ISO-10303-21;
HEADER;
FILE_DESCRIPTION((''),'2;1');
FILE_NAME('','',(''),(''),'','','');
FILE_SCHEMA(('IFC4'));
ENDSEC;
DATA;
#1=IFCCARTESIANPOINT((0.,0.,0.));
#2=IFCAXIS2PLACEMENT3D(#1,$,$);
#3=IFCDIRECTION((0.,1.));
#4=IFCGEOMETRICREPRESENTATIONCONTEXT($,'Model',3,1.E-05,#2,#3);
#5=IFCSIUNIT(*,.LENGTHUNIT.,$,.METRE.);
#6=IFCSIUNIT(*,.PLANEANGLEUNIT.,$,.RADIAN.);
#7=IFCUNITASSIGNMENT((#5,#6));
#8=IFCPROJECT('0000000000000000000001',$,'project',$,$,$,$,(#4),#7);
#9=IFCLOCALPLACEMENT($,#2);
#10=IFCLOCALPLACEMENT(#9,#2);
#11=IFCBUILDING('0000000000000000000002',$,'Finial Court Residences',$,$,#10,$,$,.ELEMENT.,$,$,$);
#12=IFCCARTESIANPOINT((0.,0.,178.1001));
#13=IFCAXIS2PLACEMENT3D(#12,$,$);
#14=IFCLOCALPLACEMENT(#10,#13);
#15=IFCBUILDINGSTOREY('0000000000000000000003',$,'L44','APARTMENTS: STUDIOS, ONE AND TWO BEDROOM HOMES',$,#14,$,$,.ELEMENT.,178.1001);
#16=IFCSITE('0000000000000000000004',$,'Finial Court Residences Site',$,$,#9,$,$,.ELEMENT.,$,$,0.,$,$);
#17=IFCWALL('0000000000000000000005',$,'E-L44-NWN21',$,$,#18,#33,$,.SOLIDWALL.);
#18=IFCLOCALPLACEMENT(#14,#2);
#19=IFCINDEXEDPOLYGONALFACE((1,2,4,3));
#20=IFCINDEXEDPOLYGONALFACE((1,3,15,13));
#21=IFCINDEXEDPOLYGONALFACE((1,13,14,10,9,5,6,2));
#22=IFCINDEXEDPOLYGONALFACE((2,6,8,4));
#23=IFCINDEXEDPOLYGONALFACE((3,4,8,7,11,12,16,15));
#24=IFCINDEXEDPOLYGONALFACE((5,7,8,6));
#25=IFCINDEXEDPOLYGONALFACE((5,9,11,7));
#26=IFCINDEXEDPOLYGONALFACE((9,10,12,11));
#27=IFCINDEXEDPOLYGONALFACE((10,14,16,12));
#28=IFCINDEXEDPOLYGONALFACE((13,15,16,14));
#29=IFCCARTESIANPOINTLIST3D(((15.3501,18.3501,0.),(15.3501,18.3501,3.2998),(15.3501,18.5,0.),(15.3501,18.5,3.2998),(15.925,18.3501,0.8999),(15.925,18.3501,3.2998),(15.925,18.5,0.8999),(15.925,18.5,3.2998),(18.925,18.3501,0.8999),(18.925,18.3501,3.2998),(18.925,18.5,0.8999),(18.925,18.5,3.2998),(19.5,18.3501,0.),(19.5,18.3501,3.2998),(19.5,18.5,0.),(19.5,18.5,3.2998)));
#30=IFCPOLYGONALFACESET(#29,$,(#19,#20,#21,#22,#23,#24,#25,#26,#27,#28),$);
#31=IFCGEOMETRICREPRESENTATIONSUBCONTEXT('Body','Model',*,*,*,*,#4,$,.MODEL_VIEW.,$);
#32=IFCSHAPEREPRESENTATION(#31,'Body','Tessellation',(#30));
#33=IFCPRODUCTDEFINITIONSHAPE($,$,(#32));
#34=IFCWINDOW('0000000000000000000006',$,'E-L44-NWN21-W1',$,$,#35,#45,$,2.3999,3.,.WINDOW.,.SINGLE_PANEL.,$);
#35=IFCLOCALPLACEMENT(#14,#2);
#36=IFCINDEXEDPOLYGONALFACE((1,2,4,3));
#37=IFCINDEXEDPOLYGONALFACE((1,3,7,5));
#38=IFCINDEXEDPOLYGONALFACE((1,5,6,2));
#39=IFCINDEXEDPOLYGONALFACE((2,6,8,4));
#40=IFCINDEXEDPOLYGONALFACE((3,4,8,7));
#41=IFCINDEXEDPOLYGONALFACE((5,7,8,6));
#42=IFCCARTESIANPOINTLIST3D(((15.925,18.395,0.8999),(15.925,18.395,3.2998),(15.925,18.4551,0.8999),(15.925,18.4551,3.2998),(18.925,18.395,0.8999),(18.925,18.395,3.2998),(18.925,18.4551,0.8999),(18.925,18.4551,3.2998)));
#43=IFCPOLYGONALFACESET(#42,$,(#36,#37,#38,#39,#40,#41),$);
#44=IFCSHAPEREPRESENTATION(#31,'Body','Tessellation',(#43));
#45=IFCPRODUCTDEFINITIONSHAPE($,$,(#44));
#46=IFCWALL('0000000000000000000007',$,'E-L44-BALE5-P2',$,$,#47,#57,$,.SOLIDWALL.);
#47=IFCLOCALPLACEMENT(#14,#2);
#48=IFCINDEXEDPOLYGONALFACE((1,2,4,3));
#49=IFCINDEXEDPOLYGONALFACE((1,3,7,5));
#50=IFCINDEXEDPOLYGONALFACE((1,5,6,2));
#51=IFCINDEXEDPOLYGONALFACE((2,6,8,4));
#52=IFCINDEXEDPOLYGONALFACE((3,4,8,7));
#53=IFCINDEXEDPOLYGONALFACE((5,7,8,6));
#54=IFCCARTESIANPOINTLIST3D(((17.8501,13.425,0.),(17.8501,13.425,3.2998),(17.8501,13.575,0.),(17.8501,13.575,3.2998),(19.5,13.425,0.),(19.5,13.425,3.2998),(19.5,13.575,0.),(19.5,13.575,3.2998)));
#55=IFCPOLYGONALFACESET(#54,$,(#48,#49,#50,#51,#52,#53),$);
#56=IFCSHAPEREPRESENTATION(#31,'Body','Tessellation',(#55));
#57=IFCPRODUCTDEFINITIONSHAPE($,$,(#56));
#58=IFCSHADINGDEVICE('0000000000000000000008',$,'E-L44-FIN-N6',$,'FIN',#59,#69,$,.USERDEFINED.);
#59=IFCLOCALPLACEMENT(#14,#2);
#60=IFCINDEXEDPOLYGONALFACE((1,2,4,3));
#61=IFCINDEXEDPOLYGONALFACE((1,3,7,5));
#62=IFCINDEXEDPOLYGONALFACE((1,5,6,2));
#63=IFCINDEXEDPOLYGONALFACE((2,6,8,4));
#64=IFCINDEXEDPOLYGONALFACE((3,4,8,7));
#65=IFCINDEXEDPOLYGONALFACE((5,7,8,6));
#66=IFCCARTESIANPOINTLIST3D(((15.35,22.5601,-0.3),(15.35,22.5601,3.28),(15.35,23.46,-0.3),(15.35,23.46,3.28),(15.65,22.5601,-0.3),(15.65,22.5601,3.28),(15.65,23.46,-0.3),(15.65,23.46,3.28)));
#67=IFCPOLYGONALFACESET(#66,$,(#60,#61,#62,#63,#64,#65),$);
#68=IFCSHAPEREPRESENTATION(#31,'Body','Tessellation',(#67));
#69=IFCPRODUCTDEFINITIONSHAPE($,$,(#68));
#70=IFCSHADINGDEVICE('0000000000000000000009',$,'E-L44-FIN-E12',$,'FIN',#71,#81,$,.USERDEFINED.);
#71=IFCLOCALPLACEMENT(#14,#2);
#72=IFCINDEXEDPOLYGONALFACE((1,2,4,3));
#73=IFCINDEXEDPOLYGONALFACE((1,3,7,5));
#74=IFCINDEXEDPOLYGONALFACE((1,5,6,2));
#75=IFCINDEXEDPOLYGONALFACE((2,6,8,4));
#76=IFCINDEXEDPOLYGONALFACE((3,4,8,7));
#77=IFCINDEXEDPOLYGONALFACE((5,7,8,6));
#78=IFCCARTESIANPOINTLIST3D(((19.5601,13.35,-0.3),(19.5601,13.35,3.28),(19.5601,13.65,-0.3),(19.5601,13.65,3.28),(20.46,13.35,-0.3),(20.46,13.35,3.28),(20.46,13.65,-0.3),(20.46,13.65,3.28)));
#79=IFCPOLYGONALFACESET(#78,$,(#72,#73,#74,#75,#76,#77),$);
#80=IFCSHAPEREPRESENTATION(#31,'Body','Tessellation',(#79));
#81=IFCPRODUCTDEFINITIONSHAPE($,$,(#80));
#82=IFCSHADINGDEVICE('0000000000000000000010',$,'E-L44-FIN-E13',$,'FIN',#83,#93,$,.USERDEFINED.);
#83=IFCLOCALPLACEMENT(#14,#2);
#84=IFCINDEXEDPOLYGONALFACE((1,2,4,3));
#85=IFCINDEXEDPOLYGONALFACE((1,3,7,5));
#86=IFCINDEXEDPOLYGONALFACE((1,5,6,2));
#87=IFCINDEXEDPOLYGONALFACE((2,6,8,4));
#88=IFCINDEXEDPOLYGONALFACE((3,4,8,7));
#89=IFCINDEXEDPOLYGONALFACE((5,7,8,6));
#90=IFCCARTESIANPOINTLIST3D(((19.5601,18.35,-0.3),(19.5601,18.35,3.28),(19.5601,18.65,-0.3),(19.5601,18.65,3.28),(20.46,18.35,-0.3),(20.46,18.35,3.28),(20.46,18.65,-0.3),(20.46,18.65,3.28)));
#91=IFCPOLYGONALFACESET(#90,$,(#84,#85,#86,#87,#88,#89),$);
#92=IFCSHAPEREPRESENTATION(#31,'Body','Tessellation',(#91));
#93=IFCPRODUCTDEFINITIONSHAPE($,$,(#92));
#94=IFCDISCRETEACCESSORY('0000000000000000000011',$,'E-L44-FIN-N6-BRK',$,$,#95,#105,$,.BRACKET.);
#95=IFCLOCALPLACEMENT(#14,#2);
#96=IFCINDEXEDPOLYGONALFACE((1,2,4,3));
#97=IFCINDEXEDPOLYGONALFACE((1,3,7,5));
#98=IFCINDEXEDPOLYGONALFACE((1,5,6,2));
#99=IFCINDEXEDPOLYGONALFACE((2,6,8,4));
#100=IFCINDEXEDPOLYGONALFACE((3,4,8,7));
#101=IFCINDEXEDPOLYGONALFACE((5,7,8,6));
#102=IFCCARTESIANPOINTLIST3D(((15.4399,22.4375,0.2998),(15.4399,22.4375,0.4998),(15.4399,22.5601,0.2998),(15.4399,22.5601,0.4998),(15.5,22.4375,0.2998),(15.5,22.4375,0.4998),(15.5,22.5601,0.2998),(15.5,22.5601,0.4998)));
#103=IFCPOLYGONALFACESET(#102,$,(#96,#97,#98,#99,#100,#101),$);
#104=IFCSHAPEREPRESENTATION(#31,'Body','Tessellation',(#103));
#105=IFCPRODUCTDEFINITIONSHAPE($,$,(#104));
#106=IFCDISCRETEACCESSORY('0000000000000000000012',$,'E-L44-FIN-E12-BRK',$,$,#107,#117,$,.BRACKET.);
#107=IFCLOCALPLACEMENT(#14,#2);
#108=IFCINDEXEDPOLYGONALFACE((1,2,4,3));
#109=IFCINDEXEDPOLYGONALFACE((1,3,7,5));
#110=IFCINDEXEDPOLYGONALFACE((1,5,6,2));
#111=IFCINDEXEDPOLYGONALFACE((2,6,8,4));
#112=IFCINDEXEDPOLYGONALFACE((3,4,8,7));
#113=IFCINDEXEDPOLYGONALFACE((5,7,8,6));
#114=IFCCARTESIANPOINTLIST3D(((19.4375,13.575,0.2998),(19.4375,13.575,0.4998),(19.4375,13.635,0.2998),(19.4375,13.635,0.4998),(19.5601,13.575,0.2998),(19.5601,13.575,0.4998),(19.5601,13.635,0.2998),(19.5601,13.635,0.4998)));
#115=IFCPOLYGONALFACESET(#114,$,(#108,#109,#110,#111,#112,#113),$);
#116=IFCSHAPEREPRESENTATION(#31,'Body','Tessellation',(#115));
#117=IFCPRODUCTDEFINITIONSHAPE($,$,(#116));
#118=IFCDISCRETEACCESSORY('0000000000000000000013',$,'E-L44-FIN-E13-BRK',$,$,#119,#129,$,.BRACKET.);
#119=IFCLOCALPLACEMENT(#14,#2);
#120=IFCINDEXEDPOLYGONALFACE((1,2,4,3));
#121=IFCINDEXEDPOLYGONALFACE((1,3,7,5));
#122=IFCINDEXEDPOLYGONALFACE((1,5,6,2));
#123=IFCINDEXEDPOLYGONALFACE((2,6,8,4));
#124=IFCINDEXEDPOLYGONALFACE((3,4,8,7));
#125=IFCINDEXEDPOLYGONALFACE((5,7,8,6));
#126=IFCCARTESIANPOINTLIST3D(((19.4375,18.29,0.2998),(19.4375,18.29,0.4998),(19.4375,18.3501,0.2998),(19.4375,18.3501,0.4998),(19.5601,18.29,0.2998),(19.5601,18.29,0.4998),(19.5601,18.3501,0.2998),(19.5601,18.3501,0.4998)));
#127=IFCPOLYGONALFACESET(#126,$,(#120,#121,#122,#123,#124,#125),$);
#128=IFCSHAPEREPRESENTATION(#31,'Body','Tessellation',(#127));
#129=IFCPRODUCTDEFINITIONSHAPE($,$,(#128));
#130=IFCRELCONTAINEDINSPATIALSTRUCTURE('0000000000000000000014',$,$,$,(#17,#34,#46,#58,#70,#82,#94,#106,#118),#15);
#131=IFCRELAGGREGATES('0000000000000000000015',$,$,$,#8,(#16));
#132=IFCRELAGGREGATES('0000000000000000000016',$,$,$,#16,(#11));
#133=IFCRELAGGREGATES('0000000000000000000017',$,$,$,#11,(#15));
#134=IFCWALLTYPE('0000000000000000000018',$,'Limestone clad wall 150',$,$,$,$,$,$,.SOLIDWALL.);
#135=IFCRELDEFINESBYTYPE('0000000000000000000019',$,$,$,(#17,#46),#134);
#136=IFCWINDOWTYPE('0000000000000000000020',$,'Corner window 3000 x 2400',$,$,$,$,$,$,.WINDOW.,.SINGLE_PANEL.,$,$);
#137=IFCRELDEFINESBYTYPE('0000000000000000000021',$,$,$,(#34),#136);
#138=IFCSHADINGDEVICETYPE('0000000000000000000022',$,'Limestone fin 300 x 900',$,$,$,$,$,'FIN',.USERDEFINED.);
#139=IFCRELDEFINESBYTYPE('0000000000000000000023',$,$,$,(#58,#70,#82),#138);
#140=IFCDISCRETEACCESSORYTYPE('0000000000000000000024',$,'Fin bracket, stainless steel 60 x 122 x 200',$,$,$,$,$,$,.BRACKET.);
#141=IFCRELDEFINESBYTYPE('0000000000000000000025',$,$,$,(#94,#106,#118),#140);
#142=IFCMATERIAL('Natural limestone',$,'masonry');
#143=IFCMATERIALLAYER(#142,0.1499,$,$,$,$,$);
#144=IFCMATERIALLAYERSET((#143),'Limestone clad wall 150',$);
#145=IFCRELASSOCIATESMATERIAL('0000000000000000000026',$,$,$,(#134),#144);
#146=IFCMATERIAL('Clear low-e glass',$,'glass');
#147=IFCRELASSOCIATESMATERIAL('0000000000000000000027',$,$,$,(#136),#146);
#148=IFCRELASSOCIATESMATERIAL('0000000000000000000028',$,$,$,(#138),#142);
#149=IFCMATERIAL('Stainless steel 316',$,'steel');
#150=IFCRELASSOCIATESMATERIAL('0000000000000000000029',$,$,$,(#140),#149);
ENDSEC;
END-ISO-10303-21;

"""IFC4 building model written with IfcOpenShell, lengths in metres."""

from ifc_helpers import new_model, si_unit, direction, frame, frame_2d, origin, origin_2d, place, context, subcontext, project, spatial, rectangle, extrude, material, layer, layer_set, type_object, element, fill, save


model = new_model("IFC4")

# Units and contexts
model_context = context("Model", 3, precision=1e-05, world=origin(), true_north=direction((0.0, 1.0)))
body_context = subcontext(model_context, "Body", "Model", "MODEL_VIEW")
ifc_project = project(units=[si_unit("LENGTHUNIT", "METRE"), si_unit("PLANEANGLEUNIT", "RADIAN")], contexts=[model_context])

# Site, building, storey
site_placement = place(None, origin())
site = spatial("IfcSite", under=ifc_project, at=site_placement, Name="Finial Court Residences Site", CompositionType="ELEMENT", RefElevation=0.0)
building_placement = place(site_placement, origin())
building = spatial("IfcBuilding", under=site, at=building_placement, Name="Finial Court Residences", CompositionType="ELEMENT")
storey_placement = place(building_placement, frame((0.0, 0.0, 178.1001)))
storey = spatial("IfcBuildingStorey", under=building, at=storey_placement, Name="L44", Description="APARTMENTS: STUDIOS, ONE AND TWO BEDROOM HOMES", CompositionType="ELEMENT", Elevation=178.1001)

# Shared definitions
ifc_material_1 = material(Name="Clear low-e glass", Category="glass")

# Wall, opening, window
ifc_material_2 = material(Name="Natural limestone", Category="masonry")
ifc_layer_1 = layer(ifc_material_2, 0.1499)
ifc_layer_set_1 = layer_set([ifc_layer_1], Name="Limestone clad wall 150")
wall_type = type_object("IfcWallType", Name="Limestone clad wall 150", PredefinedType="SOLIDWALL", material=ifc_layer_set_1)
wall_1_placement = place(storey_placement, frame((15.3501, 18.425, 0.0), z_axis=(0.0, 0.0, 1.0), x_axis=(1.0, 0.0, 0.0)))
wall_1 = element("IfcWall", 1, at=wall_1_placement, inside=storey, type_object=wall_type, Name="E-L44-NWN21", PredefinedType="SOLIDWALL", context=body_context, shape_type="SweptSolid", body=[
    extrude(rectangle(XDim=4.1499, YDim=0.1499, at=frame_2d((2.075, 0.0))), origin(), (0.0, 0.0, 1.0), 3.2998),
])
opening_1_placement = place(wall_1_placement, frame((0.575, 0.0, 0.8999)))
opening_1 = element("IfcOpeningElement", 2, at=opening_1_placement, cuts=wall_1, PredefinedType="OPENING", context=body_context, shape_type="SweptSolid", body=[
    extrude(rectangle(XDim=3.0, YDim=2.3999, at=frame_2d((1.5, 1.2))), frame((0.0, 0.085, 0.0), z_axis=(0.0, -1.0, 0.0), x_axis=(1.0, 0.0, 0.0)), (0.0, 0.0, 1.0), 0.1699),
])
window_type_1 = type_object("IfcWindowType", Name="Corner window 3000 x 2400", PartitioningType="SINGLE_PANEL", PredefinedType="WINDOW", material=ifc_material_1)
window_1_placement = place(opening_1_placement, origin())
window_1 = element("IfcWindow", 3, at=window_1_placement, inside=storey, type_object=window_type_1, Name="E-L44-NWN21-W1", OverallHeight=2.3999, OverallWidth=3.0, PartitioningType="SINGLE_PANEL", PredefinedType="WINDOW", context=body_context, shape_type="SweptSolid", body=[
    extrude(rectangle(XDim=3.0, YDim=2.3999, at=frame_2d((1.5, 1.2))), frame((0.0, 0.03, 0.0), z_axis=(0.0, -1.0, 0.0), x_axis=(1.0, 0.0, 0.0)), (0.0, 0.0, 1.0), 0.0601),
])
fill(opening_1, window_1)

# Wall
wall_2_placement = place(storey_placement, frame((17.8501, 13.5, 0.0), z_axis=(0.0, 0.0, 1.0), x_axis=(1.0, 0.0, 0.0)))
element("IfcWall", 4, at=wall_2_placement, inside=storey, type_object=wall_type, Name="E-L44-BALE5-P2", PredefinedType="SOLIDWALL", context=body_context, shape_type="SweptSolid", body=[
    extrude(rectangle(XDim=1.6499, YDim=0.1499, at=frame_2d((0.825, 0.0))), origin(), (0.0, 0.0, 1.0), 3.2998),
])

# Shading devices
shading_device_type = type_object("IfcShadingDeviceType", Name="Limestone fin 300 x 900", ElementType="FIN", PredefinedType="USERDEFINED", material=ifc_material_2)
shading_device_placement = place(storey_placement, frame((15.5, 23.01, -0.3), z_axis=(0.0, 0.0, 1.0), x_axis=(1.0, 0.0, 0.0)))
element("IfcShadingDevice", 5, at=shading_device_placement, inside=storey, type_object=shading_device_type, Name="E-L44-FIN-N6", ObjectType="FIN", PredefinedType="USERDEFINED", context=body_context, shape_type="SweptSolid", body=[
    extrude(rectangle(XDim=0.3, YDim=0.8999, at=origin_2d()), origin(), (0.0, 0.0, 1.0), 3.5801),
])
for number, where, z_axis, x_axis, name in (
    (6, (20.01, 13.5, -0.3), (0.0, 0.0, 1.0), (1.0, 0.0, 0.0), "E-L44-FIN-E12"),
    (7, (20.01, 18.5, -0.3), (0.0, 0.0, 1.0), (1.0, 0.0, 0.0), "E-L44-FIN-E13"),
):
    element("IfcShadingDevice", number, at=place(storey_placement, frame(where, z_axis=z_axis, x_axis=x_axis)), inside=storey, type_object=shading_device_type, Name=name, ObjectType="FIN", PredefinedType="USERDEFINED", context=body_context, shape_type="SweptSolid", body=[
        extrude(rectangle(XDim=0.8999, YDim=0.3, at=origin_2d()), origin(), (0.0, 0.0, 1.0), 3.5801),
    ])

# Discrete accessories
ifc_material_3 = material(Name="Stainless steel 316", Category="steel")
discrete_accessory_type = type_object("IfcDiscreteAccessoryType", Name="Fin bracket, stainless steel 60 x 122 x 200", PredefinedType="BRACKET", material=ifc_material_3)
discrete_accessory_placement = place(storey_placement, frame((15.47, 22.4988, 0.2998), z_axis=(0.0, 0.0, 1.0), x_axis=(1.0, 0.0, 0.0)))
element("IfcDiscreteAccessory", 8, at=discrete_accessory_placement, inside=storey, type_object=discrete_accessory_type, Name="E-L44-FIN-N6-BRK", PredefinedType="BRACKET", context=body_context, shape_type="SweptSolid", body=[
    extrude(rectangle(XDim=0.0601, YDim=0.1226, at=origin_2d()), origin(), (0.0, 0.0, 1.0), 0.2),
])
for number, where, z_axis, x_axis, name in (
    (9, (19.4988, 13.605, 0.2998), (0.0, 0.0, 1.0), (1.0, 0.0, 0.0), "E-L44-FIN-E12-BRK"),
    (10, (19.4988, 18.3201, 0.2998), (0.0, 0.0, 1.0), (1.0, 0.0, 0.0), "E-L44-FIN-E13-BRK"),
):
    element("IfcDiscreteAccessory", number, at=place(storey_placement, frame(where, z_axis=z_axis, x_axis=x_axis)), inside=storey, type_object=discrete_accessory_type, Name=name, PredefinedType="BRACKET", context=body_context, shape_type="SweptSolid", body=[
        extrude(rectangle(XDim=0.1226, YDim=0.0601, at=origin_2d()), origin(), (0.0, 0.0, 1.0), 0.2),
    ])

save(model, "model.ifc")
